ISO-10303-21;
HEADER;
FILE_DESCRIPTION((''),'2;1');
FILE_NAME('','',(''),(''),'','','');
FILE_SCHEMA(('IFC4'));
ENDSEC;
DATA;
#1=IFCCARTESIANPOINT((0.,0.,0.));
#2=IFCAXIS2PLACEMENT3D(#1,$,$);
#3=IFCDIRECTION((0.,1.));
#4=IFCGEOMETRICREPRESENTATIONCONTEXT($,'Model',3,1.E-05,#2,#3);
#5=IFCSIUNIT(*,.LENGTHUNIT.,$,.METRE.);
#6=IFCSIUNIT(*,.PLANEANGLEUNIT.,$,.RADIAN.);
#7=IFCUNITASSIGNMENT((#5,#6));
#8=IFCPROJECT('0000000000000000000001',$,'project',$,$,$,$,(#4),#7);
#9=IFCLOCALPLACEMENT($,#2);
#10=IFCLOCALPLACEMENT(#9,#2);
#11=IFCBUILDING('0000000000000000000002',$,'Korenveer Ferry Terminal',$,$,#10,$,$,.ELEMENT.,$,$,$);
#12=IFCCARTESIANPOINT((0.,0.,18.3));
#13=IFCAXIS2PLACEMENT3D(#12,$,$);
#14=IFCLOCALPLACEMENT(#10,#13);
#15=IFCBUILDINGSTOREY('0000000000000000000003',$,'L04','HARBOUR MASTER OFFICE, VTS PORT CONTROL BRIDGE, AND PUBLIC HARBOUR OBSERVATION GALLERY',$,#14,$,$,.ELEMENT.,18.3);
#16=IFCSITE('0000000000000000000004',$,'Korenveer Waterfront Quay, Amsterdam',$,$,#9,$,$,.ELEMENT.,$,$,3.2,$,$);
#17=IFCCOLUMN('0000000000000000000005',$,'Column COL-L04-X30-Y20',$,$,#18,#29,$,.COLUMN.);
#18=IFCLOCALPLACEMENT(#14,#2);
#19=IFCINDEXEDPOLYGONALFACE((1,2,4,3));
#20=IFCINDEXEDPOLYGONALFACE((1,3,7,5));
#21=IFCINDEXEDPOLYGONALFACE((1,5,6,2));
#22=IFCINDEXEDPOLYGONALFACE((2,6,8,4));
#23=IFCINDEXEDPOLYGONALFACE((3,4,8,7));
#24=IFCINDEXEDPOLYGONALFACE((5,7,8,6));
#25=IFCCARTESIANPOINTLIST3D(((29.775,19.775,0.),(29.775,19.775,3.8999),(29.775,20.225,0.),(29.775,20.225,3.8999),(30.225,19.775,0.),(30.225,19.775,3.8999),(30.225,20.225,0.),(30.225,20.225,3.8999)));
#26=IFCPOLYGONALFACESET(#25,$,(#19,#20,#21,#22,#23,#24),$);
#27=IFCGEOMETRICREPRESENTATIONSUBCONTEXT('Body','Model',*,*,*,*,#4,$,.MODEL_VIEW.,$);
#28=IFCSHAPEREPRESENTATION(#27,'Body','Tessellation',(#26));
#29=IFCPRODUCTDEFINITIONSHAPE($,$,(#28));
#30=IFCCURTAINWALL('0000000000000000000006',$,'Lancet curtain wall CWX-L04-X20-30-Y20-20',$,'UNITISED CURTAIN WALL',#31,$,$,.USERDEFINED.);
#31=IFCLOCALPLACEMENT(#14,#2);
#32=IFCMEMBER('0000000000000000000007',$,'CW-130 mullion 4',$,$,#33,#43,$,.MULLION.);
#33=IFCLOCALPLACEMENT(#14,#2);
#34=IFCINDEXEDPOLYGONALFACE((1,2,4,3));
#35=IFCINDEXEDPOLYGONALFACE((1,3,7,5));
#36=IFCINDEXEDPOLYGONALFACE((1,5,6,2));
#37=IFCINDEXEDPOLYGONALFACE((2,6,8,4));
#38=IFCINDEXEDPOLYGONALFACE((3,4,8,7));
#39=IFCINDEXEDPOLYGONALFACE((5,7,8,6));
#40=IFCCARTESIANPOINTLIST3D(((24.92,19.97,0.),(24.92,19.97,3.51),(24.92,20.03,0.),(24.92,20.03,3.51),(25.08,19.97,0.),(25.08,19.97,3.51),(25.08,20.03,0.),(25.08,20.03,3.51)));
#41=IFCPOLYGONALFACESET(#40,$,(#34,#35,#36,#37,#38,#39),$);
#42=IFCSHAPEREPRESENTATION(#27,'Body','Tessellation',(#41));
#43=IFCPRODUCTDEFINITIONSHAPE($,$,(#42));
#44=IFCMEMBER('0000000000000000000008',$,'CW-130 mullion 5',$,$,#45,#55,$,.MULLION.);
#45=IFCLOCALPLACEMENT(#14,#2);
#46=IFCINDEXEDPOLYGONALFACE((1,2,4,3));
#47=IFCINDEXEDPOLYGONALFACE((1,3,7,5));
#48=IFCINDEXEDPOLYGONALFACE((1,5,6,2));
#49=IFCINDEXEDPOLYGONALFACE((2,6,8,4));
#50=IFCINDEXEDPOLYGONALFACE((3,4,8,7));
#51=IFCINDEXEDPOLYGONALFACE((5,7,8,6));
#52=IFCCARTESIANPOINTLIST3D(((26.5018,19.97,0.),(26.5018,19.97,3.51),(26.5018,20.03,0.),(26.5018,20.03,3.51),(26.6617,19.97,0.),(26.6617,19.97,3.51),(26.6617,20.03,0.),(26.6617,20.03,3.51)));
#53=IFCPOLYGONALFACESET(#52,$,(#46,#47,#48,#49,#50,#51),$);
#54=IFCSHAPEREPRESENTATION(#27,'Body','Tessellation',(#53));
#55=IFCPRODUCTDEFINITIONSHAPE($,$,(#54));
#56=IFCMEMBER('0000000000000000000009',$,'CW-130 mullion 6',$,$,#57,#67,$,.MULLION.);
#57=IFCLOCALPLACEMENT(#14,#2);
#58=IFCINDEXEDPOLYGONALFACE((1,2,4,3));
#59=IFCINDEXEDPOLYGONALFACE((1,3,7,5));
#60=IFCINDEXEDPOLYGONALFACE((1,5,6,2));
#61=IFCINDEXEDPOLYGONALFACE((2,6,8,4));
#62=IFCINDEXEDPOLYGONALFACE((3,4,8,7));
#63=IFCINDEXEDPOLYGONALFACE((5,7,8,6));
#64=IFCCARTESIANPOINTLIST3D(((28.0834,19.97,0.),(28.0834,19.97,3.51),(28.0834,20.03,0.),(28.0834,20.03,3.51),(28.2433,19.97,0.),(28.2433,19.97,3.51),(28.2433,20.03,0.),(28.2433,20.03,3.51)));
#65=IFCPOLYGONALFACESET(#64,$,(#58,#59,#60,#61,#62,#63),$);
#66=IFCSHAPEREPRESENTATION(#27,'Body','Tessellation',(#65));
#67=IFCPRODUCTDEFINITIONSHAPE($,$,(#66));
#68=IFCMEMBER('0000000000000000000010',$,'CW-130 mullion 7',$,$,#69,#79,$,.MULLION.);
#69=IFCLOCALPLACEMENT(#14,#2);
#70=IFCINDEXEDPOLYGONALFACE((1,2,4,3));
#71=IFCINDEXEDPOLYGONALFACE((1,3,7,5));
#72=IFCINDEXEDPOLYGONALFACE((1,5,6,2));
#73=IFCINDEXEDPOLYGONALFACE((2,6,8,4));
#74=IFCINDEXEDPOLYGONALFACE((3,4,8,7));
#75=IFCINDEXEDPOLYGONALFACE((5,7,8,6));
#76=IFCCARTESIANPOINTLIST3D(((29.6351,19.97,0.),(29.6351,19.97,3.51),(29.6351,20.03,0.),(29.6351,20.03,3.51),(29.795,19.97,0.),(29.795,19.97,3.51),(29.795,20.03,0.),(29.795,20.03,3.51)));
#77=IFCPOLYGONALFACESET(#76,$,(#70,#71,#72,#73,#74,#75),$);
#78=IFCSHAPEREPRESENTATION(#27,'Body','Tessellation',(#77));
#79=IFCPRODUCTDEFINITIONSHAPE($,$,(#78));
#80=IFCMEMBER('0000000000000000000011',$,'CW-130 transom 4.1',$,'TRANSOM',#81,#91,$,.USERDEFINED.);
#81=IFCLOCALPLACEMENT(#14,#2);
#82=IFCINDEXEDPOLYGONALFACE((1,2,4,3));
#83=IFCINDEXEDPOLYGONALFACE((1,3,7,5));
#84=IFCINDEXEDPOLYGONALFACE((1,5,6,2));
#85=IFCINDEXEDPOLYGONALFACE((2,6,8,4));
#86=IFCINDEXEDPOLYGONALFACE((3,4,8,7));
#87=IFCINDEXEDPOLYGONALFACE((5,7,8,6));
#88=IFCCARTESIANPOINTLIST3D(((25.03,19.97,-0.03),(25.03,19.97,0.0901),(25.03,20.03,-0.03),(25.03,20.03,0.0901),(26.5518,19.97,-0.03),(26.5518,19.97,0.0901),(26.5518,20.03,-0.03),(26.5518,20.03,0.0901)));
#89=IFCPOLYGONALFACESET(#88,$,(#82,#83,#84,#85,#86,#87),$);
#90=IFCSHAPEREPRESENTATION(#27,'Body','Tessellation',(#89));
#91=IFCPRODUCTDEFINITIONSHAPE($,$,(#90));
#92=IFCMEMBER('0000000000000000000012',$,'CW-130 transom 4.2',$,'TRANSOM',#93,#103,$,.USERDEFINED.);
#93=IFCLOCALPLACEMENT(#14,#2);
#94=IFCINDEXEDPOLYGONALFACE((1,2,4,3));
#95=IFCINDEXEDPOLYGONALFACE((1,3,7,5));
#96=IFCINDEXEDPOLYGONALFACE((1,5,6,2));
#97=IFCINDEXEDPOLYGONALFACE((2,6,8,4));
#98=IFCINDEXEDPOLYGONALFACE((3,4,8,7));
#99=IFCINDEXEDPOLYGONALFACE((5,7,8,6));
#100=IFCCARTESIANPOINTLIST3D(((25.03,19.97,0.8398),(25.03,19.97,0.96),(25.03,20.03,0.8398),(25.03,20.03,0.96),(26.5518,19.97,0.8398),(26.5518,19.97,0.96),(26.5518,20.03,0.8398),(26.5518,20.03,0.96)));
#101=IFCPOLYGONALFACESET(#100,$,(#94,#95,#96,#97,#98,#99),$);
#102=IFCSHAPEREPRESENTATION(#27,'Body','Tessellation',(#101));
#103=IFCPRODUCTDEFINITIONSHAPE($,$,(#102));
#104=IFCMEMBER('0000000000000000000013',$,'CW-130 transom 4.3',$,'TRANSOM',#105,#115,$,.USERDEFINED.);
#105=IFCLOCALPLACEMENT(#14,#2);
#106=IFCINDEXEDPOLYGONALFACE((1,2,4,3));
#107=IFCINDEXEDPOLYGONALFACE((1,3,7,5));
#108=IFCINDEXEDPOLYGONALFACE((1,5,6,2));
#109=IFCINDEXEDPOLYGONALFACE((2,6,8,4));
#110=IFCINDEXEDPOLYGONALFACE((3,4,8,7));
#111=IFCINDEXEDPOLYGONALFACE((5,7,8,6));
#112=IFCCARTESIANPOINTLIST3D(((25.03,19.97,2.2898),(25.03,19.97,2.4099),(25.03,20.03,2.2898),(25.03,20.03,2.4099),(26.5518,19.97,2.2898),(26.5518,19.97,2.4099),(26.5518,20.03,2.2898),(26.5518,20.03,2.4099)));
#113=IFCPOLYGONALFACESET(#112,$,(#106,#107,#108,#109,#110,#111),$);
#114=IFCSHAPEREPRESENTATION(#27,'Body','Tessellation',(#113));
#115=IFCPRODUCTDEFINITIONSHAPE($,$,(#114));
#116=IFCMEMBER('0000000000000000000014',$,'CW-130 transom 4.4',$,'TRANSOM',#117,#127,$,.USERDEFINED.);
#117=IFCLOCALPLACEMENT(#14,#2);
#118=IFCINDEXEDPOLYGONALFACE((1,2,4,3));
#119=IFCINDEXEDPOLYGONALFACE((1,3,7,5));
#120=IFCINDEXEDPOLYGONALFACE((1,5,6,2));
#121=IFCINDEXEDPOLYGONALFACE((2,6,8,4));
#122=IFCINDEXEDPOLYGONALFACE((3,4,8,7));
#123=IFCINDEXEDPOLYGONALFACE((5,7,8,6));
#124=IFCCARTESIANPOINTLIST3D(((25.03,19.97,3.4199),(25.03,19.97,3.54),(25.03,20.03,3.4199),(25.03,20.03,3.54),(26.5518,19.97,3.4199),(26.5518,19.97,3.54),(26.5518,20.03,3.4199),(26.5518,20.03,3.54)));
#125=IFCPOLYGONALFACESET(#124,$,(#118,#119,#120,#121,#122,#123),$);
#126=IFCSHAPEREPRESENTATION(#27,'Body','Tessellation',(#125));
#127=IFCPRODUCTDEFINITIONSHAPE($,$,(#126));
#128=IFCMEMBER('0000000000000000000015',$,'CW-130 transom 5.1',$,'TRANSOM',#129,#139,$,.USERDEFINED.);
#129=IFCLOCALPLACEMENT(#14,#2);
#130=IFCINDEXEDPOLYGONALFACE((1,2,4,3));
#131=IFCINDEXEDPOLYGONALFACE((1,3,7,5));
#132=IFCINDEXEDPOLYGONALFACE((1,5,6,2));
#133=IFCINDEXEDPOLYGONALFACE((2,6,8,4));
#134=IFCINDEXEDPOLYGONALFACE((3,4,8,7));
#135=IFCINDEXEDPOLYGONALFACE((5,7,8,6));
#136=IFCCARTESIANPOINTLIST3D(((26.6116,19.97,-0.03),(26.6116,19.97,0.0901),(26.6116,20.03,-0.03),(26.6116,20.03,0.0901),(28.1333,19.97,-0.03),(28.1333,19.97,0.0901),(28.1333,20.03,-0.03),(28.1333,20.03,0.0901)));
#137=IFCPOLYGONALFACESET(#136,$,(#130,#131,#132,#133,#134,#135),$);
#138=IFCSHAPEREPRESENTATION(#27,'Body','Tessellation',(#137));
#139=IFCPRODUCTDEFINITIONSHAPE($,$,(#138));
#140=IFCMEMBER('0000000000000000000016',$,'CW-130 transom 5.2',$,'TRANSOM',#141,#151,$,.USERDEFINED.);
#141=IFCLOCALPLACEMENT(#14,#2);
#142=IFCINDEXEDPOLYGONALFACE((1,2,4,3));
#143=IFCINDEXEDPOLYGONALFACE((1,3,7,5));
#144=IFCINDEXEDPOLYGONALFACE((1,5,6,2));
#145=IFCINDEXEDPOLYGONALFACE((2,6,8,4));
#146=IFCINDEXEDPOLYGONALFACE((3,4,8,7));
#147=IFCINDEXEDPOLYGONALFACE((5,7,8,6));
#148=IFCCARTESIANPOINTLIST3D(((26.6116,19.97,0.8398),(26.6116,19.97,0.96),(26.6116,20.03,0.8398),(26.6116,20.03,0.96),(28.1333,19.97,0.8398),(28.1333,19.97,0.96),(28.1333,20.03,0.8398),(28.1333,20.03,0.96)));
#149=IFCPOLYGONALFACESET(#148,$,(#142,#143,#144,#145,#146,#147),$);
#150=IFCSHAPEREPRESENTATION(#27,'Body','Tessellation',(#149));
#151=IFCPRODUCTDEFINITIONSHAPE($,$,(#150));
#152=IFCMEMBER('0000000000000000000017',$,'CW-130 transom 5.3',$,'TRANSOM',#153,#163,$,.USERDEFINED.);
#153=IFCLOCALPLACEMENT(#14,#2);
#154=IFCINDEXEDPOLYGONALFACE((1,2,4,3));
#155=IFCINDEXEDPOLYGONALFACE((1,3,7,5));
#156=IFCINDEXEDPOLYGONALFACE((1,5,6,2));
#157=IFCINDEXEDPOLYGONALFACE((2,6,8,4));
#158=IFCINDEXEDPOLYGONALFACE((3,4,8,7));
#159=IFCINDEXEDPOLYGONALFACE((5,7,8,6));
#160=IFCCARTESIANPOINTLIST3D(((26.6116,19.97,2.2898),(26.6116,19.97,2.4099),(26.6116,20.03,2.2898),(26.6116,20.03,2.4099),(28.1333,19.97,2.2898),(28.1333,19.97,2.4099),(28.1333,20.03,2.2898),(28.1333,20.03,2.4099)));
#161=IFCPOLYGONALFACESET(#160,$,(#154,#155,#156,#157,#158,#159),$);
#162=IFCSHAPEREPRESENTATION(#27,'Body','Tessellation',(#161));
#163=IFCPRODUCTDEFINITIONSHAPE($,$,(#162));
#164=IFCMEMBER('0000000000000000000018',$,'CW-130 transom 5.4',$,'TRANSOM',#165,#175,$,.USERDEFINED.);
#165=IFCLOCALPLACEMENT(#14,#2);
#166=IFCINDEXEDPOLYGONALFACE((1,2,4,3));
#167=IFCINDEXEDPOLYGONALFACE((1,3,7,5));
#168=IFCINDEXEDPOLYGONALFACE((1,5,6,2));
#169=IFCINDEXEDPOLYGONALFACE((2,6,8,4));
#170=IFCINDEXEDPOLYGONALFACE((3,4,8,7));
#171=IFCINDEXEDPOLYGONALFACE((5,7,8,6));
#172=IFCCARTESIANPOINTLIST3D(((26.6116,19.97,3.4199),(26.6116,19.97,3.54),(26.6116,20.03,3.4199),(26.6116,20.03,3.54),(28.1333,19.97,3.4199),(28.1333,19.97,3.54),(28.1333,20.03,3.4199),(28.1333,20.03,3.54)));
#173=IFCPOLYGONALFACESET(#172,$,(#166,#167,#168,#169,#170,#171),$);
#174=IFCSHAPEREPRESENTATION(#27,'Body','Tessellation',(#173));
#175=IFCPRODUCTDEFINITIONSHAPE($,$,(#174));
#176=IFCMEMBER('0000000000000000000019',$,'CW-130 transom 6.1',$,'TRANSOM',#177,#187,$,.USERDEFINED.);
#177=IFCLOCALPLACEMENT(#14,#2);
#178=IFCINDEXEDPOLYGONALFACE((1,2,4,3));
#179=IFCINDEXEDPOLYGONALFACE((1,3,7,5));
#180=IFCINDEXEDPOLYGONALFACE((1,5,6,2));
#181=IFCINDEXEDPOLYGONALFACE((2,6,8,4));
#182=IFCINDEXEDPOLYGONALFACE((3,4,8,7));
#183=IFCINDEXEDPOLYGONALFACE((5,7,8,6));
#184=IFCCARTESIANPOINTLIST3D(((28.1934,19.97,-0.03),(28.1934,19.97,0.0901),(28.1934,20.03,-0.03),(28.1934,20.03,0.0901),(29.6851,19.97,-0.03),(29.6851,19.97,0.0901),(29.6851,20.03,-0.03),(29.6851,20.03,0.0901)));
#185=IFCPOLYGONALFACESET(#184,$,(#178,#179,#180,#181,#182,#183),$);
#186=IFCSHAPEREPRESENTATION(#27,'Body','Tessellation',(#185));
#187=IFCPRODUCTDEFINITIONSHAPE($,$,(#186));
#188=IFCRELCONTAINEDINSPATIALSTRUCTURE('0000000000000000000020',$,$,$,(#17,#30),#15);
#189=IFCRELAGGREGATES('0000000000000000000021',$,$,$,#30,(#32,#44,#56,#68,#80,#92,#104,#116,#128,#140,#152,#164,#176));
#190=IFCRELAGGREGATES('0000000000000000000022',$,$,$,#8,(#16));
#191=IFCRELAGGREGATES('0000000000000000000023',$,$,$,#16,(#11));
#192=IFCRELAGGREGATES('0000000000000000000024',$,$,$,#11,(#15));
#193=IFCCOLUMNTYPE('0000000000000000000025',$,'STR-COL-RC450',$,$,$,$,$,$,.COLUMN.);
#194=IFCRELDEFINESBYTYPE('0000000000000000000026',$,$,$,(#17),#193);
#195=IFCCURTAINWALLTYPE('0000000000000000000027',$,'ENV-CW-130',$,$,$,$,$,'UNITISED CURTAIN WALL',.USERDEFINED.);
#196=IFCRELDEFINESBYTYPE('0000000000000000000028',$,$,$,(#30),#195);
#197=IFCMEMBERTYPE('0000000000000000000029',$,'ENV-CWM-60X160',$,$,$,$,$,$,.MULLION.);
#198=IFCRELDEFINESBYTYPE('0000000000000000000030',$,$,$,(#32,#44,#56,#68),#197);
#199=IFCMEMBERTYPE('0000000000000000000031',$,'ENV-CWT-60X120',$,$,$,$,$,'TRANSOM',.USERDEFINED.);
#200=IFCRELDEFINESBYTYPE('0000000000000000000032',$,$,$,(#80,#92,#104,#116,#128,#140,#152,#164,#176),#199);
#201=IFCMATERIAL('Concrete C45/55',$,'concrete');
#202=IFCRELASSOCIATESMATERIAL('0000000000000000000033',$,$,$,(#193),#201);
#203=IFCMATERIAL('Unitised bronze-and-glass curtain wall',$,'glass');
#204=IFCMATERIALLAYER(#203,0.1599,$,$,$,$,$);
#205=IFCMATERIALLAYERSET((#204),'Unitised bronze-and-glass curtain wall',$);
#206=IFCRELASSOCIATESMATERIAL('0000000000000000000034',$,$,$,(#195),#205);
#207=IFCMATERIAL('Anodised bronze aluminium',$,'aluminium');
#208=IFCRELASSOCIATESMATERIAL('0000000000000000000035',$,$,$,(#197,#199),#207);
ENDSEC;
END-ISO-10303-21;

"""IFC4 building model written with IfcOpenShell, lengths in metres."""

from ifc_helpers import new_model, si_unit, direction, frame, origin, origin_2d, place, context, subcontext, project, spatial, rectangle, extrude, material, layer, layer_set, material_profile, profile_set, type_object, element, aggregate, save


model = new_model("IFC4")

# Units and contexts
model_context = context("Model", 3, precision=1e-05, world=origin(), true_north=direction((0.0, 1.0)))
body_context = subcontext(model_context, "Body", "Model", "MODEL_VIEW")
ifc_project = project(units=[si_unit("LENGTHUNIT", "METRE"), si_unit("PLANEANGLEUNIT", "RADIAN")], contexts=[model_context])

# Site, building, storey
site_placement = place(None, origin())
site = spatial("IfcSite", under=ifc_project, at=site_placement, Name="Korenveer Waterfront Quay, Amsterdam", CompositionType="ELEMENT", RefElevation=3.2)
building_placement = place(site_placement, origin())
building = spatial("IfcBuilding", under=site, at=building_placement, Name="Korenveer Ferry Terminal", CompositionType="ELEMENT")
storey_placement = place(building_placement, frame((0.0, 0.0, 18.3)))
storey = spatial("IfcBuildingStorey", under=building, at=storey_placement, Name="L04", Description="HARBOUR MASTER OFFICE, VTS PORT CONTROL BRIDGE, AND PUBLIC HARBOUR OBSERVATION GALLERY", CompositionType="ELEMENT", Elevation=18.3)

# Column
ifc_material_1 = material(Name="Concrete C45/55", Category="concrete")
ifc_material_profile_1 = material_profile(ifc_material_1, rectangle(XDim=0.45, YDim=0.45, at=origin_2d()), Name="RC 450x450")
ifc_profile_set_1 = profile_set([ifc_material_profile_1], Name="Concrete C45/55")
column_type = type_object("IfcColumnType", Name="STR-COL-RC450", PredefinedType="COLUMN", material=ifc_profile_set_1)
column_placement = place(storey_placement, frame((30.0, 20.0, 0.0), z_axis=(0.0, 0.0, 1.0), x_axis=(1.0, 0.0, 0.0)))
element("IfcColumn", 1, at=column_placement, inside=storey, type_object=column_type, Name="Column COL-L04-X30-Y20", PredefinedType="COLUMN", context=body_context, shape_type="SweptSolid", body=[
    extrude(rectangle(XDim=0.45, YDim=0.45, at=origin_2d()), origin(), (0.0, 0.0, 1.0), 3.8999),
])

# Curtain wall, members
ifc_material_2 = material(Name="Unitised bronze-and-glass curtain wall", Category="glass")
ifc_layer_1 = layer(ifc_material_2, 0.1599)
ifc_layer_set_1 = layer_set([ifc_layer_1], Name="Unitised bronze-and-glass curtain wall")
curtain_wall_type = type_object("IfcCurtainWallType", Name="ENV-CW-130", ElementType="UNITISED CURTAIN WALL", PredefinedType="USERDEFINED", material=ifc_layer_set_1)
curtain_wall_placement = place(storey_placement, frame((20.2549, 20.0, 0.0)))
curtain_wall = element("IfcCurtainWall", 2, at=curtain_wall_placement, inside=storey, type_object=curtain_wall_type, Name="Lancet curtain wall CWX-L04-X20-30-Y20-20", ObjectType="UNITISED CURTAIN WALL", PredefinedType="USERDEFINED")
ifc_material_3 = material(Name="Anodised bronze aluminium", Category="aluminium")
ifc_material_profile_2 = material_profile(ifc_material_3, rectangle(XDim=0.0601, YDim=0.1599, at=origin_2d()), Name="ALU 60x160")
ifc_profile_set_2 = profile_set([ifc_material_profile_2], Name="Anodised bronze aluminium")
member_type_1 = type_object("IfcMemberType", Name="ENV-CWM-60X160", PredefinedType="MULLION", material=ifc_profile_set_2)
member_1_placement = place(storey_placement, frame((25.0, 20.0, 0.0), z_axis=(0.0, 0.0, 1.0), x_axis=(0.0, 1.0, 0.0)))
member_1 = element("IfcMember", 3, at=member_1_placement, type_object=member_type_1, Name="CW-130 mullion 4", PredefinedType="MULLION", context=body_context, shape_type="SweptSolid", body=[
    extrude(rectangle(XDim=0.0601, YDim=0.1599, at=origin_2d()), origin(), (0.0, 0.0, 1.0), 3.51),
])
member_2_placement = place(storey_placement, frame((26.5818, 20.0, 0.0), z_axis=(0.0, 0.0, 1.0), x_axis=(0.0, 1.0, 0.0)))
member_2 = element("IfcMember", 4, at=member_2_placement, type_object=member_type_1, Name="CW-130 mullion 5", PredefinedType="MULLION", context=body_context, shape_type="SweptSolid", body=[
    extrude(rectangle(XDim=0.0601, YDim=0.1599, at=origin_2d()), origin(), (0.0, 0.0, 1.0), 3.51),
])
member_3_placement = place(storey_placement, frame((28.1633, 20.0, 0.0), z_axis=(0.0, 0.0, 1.0), x_axis=(0.0, 1.0, 0.0)))
member_3 = element("IfcMember", 5, at=member_3_placement, type_object=member_type_1, Name="CW-130 mullion 6", PredefinedType="MULLION", context=body_context, shape_type="SweptSolid", body=[
    extrude(rectangle(XDim=0.0601, YDim=0.1599, at=origin_2d()), origin(), (0.0, 0.0, 1.0), 3.51),
])
member_4_placement = place(storey_placement, frame((29.7151, 20.0, 0.0), z_axis=(0.0, 0.0, 1.0), x_axis=(0.0, 1.0, 0.0)))
member_4 = element("IfcMember", 6, at=member_4_placement, type_object=member_type_1, Name="CW-130 mullion 7", PredefinedType="MULLION", context=body_context, shape_type="SweptSolid", body=[
    extrude(rectangle(XDim=0.0601, YDim=0.1599, at=origin_2d()), origin(), (0.0, 0.0, 1.0), 3.51),
])
ifc_material_profile_3 = material_profile(ifc_material_3, rectangle(XDim=0.0601, YDim=0.1201, at=origin_2d()), Name="ALU 60x120")
ifc_profile_set_3 = profile_set([ifc_material_profile_3], Name="Anodised bronze aluminium")
member_type_2 = type_object("IfcMemberType", Name="ENV-CWT-60X120", ElementType="TRANSOM", PredefinedType="USERDEFINED", material=ifc_profile_set_3)
member_5_placement = place(storey_placement, frame((25.03, 20.0, 0.03), z_axis=(1.0, 0.0, 0.0), x_axis=(0.0, 1.0, 0.0)))
member_5 = element("IfcMember", 7, at=member_5_placement, type_object=member_type_2, Name="CW-130 transom 4.1", ObjectType="TRANSOM", PredefinedType="USERDEFINED", context=body_context, shape_type="SweptSolid", body=[
    extrude(rectangle(XDim=0.0601, YDim=0.1201, at=origin_2d()), origin(), (0.0, 0.0, 1.0), 1.5217),
])
member_6_placement = place(storey_placement, frame((25.03, 20.0, 0.8999), z_axis=(1.0, 0.0, 0.0), x_axis=(0.0, 1.0, 0.0)))
member_6 = element("IfcMember", 8, at=member_6_placement, type_object=member_type_2, Name="CW-130 transom 4.2", ObjectType="TRANSOM", PredefinedType="USERDEFINED", context=body_context, shape_type="SweptSolid", body=[
    extrude(rectangle(XDim=0.0601, YDim=0.1201, at=origin_2d()), origin(), (0.0, 0.0, 1.0), 1.5217),
])
member_7_placement = place(storey_placement, frame((25.03, 20.0, 2.3499), z_axis=(1.0, 0.0, 0.0), x_axis=(0.0, 1.0, 0.0)))
member_7 = element("IfcMember", 9, at=member_7_placement, type_object=member_type_2, Name="CW-130 transom 4.3", ObjectType="TRANSOM", PredefinedType="USERDEFINED", context=body_context, shape_type="SweptSolid", body=[
    extrude(rectangle(XDim=0.0601, YDim=0.1201, at=origin_2d()), origin(), (0.0, 0.0, 1.0), 1.5217),
])
member_8_placement = place(storey_placement, frame((25.03, 20.0, 3.48), z_axis=(1.0, 0.0, 0.0), x_axis=(0.0, 1.0, 0.0)))
member_8 = element("IfcMember", 10, at=member_8_placement, type_object=member_type_2, Name="CW-130 transom 4.4", ObjectType="TRANSOM", PredefinedType="USERDEFINED", context=body_context, shape_type="SweptSolid", body=[
    extrude(rectangle(XDim=0.0601, YDim=0.1201, at=origin_2d()), origin(), (0.0, 0.0, 1.0), 1.5217),
])
member_9_placement = place(storey_placement, frame((26.6116, 20.0, 0.03), z_axis=(1.0, 0.0, 0.0), x_axis=(0.0, 1.0, 0.0)))
member_9 = element("IfcMember", 11, at=member_9_placement, type_object=member_type_2, Name="CW-130 transom 5.1", ObjectType="TRANSOM", PredefinedType="USERDEFINED", context=body_context, shape_type="SweptSolid", body=[
    extrude(rectangle(XDim=0.0601, YDim=0.1201, at=origin_2d()), origin(), (0.0, 0.0, 1.0), 1.5217),
])
member_10_placement = place(storey_placement, frame((26.6116, 20.0, 0.8999), z_axis=(1.0, 0.0, 0.0), x_axis=(0.0, 1.0, 0.0)))
member_10 = element("IfcMember", 12, at=member_10_placement, type_object=member_type_2, Name="CW-130 transom 5.2", ObjectType="TRANSOM", PredefinedType="USERDEFINED", context=body_context, shape_type="SweptSolid", body=[
    extrude(rectangle(XDim=0.0601, YDim=0.1201, at=origin_2d()), origin(), (0.0, 0.0, 1.0), 1.5217),
])
member_11_placement = place(storey_placement, frame((26.6116, 20.0, 2.3499), z_axis=(1.0, 0.0, 0.0), x_axis=(0.0, 1.0, 0.0)))
member_11 = element("IfcMember", 13, at=member_11_placement, type_object=member_type_2, Name="CW-130 transom 5.3", ObjectType="TRANSOM", PredefinedType="USERDEFINED", context=body_context, shape_type="SweptSolid", body=[
    extrude(rectangle(XDim=0.0601, YDim=0.1201, at=origin_2d()), origin(), (0.0, 0.0, 1.0), 1.5217),
])
member_12_placement = place(storey_placement, frame((26.6116, 20.0, 3.48), z_axis=(1.0, 0.0, 0.0), x_axis=(0.0, 1.0, 0.0)))
member_12 = element("IfcMember", 14, at=member_12_placement, type_object=member_type_2, Name="CW-130 transom 5.4", ObjectType="TRANSOM", PredefinedType="USERDEFINED", context=body_context, shape_type="SweptSolid", body=[
    extrude(rectangle(XDim=0.0601, YDim=0.1201, at=origin_2d()), origin(), (0.0, 0.0, 1.0), 1.5217),
])
member_13_placement = place(storey_placement, frame((28.1934, 20.0, 0.03), z_axis=(1.0, 0.0, 0.0), x_axis=(0.0, 1.0, 0.0)))
member_13 = element("IfcMember", 15, at=member_13_placement, type_object=member_type_2, Name="CW-130 transom 6.1", ObjectType="TRANSOM", PredefinedType="USERDEFINED", context=body_context, shape_type="SweptSolid", body=[
    extrude(rectangle(XDim=0.0601, YDim=0.1201, at=origin_2d()), origin(), (0.0, 0.0, 1.0), 1.4917),
])
aggregate(curtain_wall, [member_1, member_2, member_3, member_4, member_5, member_6, member_7, member_8, member_9, member_10, member_11, member_12, member_13])

save(model, "model.ifc")
